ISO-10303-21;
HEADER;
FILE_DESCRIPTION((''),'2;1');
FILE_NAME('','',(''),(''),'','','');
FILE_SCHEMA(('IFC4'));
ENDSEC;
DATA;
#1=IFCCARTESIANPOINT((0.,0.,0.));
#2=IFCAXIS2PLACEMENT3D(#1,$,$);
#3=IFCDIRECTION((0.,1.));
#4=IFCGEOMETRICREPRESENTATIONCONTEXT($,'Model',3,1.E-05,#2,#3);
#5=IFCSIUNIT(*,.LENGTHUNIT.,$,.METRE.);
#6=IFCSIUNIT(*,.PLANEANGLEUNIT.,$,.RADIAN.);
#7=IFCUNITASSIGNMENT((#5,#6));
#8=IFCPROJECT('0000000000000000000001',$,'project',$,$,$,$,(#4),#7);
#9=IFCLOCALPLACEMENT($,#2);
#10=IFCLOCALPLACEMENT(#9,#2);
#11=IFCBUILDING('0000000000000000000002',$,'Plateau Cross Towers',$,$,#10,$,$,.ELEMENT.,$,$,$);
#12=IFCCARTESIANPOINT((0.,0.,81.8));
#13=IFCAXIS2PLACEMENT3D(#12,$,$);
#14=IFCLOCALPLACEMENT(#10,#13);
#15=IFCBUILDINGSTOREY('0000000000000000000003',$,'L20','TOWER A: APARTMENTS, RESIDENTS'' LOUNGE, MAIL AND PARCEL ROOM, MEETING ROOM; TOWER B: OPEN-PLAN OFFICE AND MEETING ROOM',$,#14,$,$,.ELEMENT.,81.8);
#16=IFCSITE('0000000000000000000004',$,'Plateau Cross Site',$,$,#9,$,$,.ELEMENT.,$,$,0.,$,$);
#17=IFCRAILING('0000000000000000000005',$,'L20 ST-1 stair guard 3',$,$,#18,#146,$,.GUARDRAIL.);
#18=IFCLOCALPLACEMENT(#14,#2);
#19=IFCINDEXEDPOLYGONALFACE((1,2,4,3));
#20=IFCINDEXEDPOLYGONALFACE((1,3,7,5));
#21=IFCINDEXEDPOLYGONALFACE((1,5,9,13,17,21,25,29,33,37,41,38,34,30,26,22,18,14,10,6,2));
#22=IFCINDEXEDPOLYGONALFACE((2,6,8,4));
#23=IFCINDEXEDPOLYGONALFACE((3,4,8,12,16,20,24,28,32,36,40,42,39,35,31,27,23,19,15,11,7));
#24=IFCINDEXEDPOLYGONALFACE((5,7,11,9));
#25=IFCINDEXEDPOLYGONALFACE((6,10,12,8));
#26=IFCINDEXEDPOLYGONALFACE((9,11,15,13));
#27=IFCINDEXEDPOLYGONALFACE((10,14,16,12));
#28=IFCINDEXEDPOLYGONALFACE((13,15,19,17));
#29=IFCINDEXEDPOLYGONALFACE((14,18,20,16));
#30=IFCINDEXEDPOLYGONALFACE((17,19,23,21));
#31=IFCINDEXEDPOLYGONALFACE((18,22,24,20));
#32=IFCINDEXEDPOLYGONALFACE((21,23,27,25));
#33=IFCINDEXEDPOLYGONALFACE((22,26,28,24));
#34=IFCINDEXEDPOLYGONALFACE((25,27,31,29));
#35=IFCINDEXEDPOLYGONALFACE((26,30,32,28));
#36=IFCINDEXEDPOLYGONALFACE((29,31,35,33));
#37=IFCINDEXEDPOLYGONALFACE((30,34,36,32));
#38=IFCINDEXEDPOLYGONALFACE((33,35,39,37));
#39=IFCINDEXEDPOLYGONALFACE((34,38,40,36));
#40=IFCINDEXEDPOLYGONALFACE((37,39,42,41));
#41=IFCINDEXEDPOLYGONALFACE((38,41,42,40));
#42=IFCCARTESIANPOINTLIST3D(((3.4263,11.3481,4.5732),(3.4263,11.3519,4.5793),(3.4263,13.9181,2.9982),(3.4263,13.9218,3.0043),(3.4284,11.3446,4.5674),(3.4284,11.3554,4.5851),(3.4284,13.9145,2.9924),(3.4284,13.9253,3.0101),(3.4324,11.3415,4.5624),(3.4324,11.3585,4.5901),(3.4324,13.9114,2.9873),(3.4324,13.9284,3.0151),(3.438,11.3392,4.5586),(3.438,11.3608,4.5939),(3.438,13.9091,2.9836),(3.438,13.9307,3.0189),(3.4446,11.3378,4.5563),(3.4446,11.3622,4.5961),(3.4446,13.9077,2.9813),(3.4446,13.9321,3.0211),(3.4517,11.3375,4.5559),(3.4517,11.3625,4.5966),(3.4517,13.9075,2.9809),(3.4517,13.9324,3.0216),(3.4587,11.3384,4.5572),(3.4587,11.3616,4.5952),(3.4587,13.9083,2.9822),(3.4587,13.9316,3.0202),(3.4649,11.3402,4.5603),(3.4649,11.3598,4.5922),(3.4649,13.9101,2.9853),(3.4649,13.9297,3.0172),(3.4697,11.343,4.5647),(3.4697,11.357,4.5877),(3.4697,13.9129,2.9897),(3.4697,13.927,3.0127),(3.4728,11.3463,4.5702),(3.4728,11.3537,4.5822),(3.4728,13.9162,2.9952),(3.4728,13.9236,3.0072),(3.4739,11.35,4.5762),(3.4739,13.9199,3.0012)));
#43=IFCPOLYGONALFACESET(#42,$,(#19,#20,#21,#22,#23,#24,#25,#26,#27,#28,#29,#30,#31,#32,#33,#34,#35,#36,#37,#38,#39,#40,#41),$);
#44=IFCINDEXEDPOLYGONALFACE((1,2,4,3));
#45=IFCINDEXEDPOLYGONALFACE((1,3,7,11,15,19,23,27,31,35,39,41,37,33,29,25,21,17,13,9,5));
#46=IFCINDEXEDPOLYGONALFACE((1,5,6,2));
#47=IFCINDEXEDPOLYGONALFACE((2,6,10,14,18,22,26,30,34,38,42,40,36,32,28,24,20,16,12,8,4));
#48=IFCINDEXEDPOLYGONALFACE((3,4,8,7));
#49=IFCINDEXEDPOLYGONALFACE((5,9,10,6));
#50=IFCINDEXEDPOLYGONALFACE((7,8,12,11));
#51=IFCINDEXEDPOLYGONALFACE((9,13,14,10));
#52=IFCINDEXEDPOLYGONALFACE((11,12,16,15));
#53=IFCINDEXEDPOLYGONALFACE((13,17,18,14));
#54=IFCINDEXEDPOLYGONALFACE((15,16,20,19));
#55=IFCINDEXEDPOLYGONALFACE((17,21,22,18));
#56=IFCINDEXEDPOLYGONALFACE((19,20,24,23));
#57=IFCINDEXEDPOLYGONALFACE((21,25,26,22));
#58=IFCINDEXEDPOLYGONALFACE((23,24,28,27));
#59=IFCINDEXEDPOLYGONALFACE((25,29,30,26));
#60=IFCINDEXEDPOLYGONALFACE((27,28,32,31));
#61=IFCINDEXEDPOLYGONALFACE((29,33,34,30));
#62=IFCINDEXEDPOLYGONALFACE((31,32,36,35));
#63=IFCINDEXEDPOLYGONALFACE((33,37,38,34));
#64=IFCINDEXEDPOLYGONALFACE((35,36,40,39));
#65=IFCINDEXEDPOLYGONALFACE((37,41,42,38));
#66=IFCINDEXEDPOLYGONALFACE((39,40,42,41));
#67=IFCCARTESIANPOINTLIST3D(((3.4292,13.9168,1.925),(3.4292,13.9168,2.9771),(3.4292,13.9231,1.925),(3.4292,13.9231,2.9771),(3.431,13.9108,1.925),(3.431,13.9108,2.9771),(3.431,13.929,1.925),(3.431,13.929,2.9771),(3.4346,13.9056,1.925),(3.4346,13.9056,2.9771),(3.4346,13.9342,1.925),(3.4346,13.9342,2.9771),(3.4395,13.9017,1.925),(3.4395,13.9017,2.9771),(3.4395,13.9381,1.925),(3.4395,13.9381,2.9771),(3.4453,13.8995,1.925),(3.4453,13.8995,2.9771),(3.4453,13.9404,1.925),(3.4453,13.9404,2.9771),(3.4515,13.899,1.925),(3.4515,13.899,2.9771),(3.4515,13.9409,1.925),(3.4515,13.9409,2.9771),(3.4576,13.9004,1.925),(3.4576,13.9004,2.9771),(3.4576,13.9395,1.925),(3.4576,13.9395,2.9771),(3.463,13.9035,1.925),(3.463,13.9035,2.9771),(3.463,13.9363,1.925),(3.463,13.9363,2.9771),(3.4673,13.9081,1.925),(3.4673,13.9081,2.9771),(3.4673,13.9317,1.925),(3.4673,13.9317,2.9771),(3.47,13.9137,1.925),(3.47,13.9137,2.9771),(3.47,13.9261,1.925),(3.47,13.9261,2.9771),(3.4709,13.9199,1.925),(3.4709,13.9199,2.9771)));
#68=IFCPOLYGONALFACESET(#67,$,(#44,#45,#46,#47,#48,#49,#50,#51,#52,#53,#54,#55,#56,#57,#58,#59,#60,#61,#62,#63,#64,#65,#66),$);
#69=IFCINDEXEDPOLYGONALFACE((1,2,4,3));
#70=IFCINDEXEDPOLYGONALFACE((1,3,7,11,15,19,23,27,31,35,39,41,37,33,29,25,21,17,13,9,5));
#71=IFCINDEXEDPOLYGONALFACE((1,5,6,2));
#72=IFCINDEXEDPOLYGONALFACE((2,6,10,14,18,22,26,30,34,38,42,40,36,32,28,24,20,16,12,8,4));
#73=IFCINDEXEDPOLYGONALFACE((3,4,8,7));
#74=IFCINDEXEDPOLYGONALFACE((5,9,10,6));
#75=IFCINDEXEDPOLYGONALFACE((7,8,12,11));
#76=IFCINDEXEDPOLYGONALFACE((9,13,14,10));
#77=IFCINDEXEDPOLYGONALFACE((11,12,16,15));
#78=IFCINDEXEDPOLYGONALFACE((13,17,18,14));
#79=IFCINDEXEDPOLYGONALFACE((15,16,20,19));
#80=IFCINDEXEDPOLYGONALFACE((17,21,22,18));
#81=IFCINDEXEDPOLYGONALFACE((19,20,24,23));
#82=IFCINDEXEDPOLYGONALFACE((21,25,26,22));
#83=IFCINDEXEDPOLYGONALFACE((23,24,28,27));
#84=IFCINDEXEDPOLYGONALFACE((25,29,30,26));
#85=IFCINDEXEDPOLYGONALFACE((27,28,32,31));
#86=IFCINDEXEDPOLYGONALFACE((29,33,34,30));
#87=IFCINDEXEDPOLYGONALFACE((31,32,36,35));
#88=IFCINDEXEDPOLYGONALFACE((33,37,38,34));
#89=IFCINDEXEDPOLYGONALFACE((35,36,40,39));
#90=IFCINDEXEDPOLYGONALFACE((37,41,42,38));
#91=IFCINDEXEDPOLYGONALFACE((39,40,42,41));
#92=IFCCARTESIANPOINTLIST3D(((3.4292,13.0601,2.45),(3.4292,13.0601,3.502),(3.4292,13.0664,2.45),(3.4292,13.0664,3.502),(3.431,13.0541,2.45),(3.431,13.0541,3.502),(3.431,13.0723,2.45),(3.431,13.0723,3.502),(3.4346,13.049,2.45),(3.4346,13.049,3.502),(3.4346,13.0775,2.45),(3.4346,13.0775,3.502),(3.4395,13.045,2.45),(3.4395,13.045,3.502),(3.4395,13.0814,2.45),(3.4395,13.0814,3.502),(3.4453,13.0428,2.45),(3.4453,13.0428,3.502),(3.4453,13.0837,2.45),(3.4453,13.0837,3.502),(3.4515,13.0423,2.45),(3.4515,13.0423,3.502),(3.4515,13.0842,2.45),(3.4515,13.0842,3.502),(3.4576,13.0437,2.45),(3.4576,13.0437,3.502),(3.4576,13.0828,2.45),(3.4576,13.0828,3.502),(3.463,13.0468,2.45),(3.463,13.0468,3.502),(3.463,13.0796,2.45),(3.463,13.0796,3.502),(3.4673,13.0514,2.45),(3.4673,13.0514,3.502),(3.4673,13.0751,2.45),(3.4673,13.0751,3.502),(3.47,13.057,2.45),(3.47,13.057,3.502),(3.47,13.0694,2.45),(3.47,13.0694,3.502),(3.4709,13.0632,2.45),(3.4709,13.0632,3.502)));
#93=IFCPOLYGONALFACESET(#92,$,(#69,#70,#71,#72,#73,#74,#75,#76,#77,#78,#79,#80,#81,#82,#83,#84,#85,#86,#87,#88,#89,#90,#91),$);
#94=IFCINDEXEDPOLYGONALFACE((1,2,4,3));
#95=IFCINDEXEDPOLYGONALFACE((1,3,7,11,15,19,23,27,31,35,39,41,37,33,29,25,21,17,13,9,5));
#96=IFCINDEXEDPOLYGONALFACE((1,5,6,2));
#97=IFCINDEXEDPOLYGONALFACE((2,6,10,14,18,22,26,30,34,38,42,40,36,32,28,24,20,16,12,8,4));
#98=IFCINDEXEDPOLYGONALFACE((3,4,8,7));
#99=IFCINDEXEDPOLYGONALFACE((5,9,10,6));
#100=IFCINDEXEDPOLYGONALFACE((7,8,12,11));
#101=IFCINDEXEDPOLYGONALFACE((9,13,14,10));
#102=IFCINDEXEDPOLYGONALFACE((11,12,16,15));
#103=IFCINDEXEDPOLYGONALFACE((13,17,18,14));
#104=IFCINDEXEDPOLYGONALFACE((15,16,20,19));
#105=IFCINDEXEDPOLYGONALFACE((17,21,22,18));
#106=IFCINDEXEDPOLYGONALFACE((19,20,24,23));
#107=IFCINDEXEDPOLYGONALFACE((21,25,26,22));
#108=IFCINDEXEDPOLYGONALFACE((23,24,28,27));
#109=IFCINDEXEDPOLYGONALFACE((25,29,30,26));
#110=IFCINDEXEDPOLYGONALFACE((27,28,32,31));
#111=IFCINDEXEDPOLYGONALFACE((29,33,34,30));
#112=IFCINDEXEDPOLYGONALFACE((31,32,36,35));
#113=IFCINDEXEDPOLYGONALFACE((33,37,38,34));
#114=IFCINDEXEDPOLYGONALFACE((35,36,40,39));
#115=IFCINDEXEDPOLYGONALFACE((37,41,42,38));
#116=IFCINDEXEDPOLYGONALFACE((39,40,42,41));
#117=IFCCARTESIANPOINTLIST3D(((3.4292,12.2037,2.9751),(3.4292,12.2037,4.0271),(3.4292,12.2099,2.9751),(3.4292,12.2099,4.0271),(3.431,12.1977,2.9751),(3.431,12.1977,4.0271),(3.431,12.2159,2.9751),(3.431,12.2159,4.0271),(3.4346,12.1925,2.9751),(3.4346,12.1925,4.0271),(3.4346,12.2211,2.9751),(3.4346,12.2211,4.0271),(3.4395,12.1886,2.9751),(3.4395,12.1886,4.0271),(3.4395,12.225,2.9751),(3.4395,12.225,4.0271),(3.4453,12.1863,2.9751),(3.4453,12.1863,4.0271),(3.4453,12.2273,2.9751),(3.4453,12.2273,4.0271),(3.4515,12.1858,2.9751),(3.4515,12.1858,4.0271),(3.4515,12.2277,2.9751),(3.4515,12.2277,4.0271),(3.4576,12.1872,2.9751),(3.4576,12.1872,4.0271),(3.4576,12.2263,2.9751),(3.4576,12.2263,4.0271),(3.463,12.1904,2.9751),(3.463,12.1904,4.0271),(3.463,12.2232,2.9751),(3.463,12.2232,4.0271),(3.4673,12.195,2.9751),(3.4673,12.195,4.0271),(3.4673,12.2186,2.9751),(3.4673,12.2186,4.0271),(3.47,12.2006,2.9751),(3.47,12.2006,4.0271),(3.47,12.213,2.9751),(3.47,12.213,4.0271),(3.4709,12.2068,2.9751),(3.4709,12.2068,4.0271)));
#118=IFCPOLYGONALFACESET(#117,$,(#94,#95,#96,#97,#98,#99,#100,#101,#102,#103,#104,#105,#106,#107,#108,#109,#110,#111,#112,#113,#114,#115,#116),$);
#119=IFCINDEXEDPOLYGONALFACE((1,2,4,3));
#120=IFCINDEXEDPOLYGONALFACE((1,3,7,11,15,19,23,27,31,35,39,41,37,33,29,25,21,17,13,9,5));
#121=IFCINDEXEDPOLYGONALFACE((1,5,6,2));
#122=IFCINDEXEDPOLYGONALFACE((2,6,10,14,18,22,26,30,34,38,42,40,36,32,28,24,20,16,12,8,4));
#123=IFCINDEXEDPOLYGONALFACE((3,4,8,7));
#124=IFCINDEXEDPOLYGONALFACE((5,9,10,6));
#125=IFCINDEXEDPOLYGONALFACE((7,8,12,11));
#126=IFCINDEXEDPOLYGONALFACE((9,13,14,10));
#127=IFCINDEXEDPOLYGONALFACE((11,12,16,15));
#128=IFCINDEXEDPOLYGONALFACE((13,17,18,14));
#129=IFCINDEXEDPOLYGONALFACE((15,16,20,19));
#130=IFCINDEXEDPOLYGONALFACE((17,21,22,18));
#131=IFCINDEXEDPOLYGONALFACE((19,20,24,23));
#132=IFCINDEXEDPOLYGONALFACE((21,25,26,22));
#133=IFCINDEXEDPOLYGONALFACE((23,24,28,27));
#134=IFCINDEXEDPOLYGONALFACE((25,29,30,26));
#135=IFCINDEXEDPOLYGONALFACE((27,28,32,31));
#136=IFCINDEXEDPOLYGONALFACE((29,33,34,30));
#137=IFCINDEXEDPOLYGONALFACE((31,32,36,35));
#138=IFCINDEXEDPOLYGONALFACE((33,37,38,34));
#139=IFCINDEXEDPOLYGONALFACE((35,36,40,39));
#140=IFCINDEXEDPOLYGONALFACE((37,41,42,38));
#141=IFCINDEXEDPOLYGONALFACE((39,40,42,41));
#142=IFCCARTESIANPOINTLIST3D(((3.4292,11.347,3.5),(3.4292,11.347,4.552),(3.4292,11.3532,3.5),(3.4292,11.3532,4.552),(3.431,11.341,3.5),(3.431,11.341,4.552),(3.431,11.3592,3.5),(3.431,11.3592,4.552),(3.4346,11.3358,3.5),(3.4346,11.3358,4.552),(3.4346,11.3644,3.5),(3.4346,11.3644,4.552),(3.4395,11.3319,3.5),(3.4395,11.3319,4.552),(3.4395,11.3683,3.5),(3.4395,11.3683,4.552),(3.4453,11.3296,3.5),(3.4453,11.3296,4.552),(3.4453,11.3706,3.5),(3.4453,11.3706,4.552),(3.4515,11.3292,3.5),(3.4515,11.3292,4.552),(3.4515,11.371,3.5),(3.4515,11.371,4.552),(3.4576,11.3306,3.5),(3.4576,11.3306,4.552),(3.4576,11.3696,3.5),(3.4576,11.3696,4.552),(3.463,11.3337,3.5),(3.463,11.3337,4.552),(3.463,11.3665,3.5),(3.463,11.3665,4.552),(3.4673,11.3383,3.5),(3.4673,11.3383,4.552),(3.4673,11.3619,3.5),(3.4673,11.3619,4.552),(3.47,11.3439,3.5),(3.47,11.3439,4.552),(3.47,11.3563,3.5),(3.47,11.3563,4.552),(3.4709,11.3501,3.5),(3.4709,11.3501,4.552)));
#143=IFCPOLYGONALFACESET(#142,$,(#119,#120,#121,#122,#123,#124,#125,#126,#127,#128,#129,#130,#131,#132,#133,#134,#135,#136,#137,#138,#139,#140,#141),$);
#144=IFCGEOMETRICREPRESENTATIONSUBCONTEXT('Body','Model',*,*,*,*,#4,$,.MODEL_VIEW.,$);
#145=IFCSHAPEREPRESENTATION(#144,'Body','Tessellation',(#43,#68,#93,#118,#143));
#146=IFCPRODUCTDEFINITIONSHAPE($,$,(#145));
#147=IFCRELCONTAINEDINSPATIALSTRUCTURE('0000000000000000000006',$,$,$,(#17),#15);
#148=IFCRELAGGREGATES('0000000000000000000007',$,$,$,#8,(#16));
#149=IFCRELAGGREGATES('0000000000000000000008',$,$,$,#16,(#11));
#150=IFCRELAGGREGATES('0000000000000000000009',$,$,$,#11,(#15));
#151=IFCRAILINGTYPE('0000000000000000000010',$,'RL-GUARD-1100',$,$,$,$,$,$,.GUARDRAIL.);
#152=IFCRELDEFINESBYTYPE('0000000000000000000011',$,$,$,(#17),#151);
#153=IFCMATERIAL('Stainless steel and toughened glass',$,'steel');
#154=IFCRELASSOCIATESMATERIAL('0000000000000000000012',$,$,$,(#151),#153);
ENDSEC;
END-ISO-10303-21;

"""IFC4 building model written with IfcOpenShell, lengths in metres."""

from ifc_helpers import new_model, si_unit, direction, frame, origin, origin_2d, place, context, subcontext, project, spatial, circle, extrude, material, type_object, element, save


model = new_model("IFC4")

# Units and contexts
model_context = context("Model", 3, precision=1e-05, world=origin(), true_north=direction((0.0, 1.0)))
body_context = subcontext(model_context, "Body", "Model", "MODEL_VIEW")
ifc_project = project(units=[si_unit("LENGTHUNIT", "METRE"), si_unit("PLANEANGLEUNIT", "RADIAN")], contexts=[model_context])

# Site, building, storey
site_placement = place(None, origin())
site = spatial("IfcSite", under=ifc_project, at=site_placement, Name="Plateau Cross Site", CompositionType="ELEMENT", RefElevation=0.0)
building_placement = place(site_placement, origin())
building = spatial("IfcBuilding", under=site, at=building_placement, Name="Plateau Cross Towers", CompositionType="ELEMENT")
storey_placement = place(building_placement, frame((0.0, 0.0, 81.8)))
storey = spatial("IfcBuildingStorey", under=building, at=storey_placement, Name="L20", Description="TOWER A: APARTMENTS, RESIDENTS' LOUNGE, MAIL AND PARCEL ROOM, MEETING ROOM; TOWER B: OPEN-PLAN OFFICE AND MEETING ROOM", CompositionType="ELEMENT", Elevation=81.8)

# Railing
ifc_material_1 = material(Name="Stainless steel and toughened glass", Category="steel")
railing_type_1 = type_object("IfcRailingType", Name="RL-GUARD-1100", PredefinedType="GUARDRAIL", material=ifc_material_1)
railing_1_placement = place(storey_placement, frame((3.45, 13.9199, 1.925)))
element("IfcRailing", 1, at=railing_1_placement, inside=storey, type_object=railing_type_1, Name="L20 ST-1 stair guard 3", PredefinedType="GUARDRAIL", context=body_context, shape_type="SweptSolid", body=[
    extrude(circle(Radius=0.0239, at=origin_2d()), frame((0.0, 0.0, 1.0762), z_axis=(0.0, -0.852616, 0.522537), x_axis=(1.0, 0.0, 0.0)), (0.0, 0.0, 1.0), 3.0142),
    extrude(circle(Radius=0.021, at=origin_2d()), origin(), (0.0, 0.0, 1.0), 1.052),
    extrude(circle(Radius=0.021, at=origin_2d()), frame((0.0, -0.8567, 0.5249)), (0.0, 0.0, 1.0), 1.052),
    extrude(circle(Radius=0.021, at=origin_2d()), frame((0.0, -1.7131, 1.05)), (0.0, 0.0, 1.0), 1.052),
    extrude(circle(Radius=0.021, at=origin_2d()), frame((0.0, -2.5698, 1.575)), (0.0, 0.0, 1.0), 1.052),
])

save(model, "model.ifc")
